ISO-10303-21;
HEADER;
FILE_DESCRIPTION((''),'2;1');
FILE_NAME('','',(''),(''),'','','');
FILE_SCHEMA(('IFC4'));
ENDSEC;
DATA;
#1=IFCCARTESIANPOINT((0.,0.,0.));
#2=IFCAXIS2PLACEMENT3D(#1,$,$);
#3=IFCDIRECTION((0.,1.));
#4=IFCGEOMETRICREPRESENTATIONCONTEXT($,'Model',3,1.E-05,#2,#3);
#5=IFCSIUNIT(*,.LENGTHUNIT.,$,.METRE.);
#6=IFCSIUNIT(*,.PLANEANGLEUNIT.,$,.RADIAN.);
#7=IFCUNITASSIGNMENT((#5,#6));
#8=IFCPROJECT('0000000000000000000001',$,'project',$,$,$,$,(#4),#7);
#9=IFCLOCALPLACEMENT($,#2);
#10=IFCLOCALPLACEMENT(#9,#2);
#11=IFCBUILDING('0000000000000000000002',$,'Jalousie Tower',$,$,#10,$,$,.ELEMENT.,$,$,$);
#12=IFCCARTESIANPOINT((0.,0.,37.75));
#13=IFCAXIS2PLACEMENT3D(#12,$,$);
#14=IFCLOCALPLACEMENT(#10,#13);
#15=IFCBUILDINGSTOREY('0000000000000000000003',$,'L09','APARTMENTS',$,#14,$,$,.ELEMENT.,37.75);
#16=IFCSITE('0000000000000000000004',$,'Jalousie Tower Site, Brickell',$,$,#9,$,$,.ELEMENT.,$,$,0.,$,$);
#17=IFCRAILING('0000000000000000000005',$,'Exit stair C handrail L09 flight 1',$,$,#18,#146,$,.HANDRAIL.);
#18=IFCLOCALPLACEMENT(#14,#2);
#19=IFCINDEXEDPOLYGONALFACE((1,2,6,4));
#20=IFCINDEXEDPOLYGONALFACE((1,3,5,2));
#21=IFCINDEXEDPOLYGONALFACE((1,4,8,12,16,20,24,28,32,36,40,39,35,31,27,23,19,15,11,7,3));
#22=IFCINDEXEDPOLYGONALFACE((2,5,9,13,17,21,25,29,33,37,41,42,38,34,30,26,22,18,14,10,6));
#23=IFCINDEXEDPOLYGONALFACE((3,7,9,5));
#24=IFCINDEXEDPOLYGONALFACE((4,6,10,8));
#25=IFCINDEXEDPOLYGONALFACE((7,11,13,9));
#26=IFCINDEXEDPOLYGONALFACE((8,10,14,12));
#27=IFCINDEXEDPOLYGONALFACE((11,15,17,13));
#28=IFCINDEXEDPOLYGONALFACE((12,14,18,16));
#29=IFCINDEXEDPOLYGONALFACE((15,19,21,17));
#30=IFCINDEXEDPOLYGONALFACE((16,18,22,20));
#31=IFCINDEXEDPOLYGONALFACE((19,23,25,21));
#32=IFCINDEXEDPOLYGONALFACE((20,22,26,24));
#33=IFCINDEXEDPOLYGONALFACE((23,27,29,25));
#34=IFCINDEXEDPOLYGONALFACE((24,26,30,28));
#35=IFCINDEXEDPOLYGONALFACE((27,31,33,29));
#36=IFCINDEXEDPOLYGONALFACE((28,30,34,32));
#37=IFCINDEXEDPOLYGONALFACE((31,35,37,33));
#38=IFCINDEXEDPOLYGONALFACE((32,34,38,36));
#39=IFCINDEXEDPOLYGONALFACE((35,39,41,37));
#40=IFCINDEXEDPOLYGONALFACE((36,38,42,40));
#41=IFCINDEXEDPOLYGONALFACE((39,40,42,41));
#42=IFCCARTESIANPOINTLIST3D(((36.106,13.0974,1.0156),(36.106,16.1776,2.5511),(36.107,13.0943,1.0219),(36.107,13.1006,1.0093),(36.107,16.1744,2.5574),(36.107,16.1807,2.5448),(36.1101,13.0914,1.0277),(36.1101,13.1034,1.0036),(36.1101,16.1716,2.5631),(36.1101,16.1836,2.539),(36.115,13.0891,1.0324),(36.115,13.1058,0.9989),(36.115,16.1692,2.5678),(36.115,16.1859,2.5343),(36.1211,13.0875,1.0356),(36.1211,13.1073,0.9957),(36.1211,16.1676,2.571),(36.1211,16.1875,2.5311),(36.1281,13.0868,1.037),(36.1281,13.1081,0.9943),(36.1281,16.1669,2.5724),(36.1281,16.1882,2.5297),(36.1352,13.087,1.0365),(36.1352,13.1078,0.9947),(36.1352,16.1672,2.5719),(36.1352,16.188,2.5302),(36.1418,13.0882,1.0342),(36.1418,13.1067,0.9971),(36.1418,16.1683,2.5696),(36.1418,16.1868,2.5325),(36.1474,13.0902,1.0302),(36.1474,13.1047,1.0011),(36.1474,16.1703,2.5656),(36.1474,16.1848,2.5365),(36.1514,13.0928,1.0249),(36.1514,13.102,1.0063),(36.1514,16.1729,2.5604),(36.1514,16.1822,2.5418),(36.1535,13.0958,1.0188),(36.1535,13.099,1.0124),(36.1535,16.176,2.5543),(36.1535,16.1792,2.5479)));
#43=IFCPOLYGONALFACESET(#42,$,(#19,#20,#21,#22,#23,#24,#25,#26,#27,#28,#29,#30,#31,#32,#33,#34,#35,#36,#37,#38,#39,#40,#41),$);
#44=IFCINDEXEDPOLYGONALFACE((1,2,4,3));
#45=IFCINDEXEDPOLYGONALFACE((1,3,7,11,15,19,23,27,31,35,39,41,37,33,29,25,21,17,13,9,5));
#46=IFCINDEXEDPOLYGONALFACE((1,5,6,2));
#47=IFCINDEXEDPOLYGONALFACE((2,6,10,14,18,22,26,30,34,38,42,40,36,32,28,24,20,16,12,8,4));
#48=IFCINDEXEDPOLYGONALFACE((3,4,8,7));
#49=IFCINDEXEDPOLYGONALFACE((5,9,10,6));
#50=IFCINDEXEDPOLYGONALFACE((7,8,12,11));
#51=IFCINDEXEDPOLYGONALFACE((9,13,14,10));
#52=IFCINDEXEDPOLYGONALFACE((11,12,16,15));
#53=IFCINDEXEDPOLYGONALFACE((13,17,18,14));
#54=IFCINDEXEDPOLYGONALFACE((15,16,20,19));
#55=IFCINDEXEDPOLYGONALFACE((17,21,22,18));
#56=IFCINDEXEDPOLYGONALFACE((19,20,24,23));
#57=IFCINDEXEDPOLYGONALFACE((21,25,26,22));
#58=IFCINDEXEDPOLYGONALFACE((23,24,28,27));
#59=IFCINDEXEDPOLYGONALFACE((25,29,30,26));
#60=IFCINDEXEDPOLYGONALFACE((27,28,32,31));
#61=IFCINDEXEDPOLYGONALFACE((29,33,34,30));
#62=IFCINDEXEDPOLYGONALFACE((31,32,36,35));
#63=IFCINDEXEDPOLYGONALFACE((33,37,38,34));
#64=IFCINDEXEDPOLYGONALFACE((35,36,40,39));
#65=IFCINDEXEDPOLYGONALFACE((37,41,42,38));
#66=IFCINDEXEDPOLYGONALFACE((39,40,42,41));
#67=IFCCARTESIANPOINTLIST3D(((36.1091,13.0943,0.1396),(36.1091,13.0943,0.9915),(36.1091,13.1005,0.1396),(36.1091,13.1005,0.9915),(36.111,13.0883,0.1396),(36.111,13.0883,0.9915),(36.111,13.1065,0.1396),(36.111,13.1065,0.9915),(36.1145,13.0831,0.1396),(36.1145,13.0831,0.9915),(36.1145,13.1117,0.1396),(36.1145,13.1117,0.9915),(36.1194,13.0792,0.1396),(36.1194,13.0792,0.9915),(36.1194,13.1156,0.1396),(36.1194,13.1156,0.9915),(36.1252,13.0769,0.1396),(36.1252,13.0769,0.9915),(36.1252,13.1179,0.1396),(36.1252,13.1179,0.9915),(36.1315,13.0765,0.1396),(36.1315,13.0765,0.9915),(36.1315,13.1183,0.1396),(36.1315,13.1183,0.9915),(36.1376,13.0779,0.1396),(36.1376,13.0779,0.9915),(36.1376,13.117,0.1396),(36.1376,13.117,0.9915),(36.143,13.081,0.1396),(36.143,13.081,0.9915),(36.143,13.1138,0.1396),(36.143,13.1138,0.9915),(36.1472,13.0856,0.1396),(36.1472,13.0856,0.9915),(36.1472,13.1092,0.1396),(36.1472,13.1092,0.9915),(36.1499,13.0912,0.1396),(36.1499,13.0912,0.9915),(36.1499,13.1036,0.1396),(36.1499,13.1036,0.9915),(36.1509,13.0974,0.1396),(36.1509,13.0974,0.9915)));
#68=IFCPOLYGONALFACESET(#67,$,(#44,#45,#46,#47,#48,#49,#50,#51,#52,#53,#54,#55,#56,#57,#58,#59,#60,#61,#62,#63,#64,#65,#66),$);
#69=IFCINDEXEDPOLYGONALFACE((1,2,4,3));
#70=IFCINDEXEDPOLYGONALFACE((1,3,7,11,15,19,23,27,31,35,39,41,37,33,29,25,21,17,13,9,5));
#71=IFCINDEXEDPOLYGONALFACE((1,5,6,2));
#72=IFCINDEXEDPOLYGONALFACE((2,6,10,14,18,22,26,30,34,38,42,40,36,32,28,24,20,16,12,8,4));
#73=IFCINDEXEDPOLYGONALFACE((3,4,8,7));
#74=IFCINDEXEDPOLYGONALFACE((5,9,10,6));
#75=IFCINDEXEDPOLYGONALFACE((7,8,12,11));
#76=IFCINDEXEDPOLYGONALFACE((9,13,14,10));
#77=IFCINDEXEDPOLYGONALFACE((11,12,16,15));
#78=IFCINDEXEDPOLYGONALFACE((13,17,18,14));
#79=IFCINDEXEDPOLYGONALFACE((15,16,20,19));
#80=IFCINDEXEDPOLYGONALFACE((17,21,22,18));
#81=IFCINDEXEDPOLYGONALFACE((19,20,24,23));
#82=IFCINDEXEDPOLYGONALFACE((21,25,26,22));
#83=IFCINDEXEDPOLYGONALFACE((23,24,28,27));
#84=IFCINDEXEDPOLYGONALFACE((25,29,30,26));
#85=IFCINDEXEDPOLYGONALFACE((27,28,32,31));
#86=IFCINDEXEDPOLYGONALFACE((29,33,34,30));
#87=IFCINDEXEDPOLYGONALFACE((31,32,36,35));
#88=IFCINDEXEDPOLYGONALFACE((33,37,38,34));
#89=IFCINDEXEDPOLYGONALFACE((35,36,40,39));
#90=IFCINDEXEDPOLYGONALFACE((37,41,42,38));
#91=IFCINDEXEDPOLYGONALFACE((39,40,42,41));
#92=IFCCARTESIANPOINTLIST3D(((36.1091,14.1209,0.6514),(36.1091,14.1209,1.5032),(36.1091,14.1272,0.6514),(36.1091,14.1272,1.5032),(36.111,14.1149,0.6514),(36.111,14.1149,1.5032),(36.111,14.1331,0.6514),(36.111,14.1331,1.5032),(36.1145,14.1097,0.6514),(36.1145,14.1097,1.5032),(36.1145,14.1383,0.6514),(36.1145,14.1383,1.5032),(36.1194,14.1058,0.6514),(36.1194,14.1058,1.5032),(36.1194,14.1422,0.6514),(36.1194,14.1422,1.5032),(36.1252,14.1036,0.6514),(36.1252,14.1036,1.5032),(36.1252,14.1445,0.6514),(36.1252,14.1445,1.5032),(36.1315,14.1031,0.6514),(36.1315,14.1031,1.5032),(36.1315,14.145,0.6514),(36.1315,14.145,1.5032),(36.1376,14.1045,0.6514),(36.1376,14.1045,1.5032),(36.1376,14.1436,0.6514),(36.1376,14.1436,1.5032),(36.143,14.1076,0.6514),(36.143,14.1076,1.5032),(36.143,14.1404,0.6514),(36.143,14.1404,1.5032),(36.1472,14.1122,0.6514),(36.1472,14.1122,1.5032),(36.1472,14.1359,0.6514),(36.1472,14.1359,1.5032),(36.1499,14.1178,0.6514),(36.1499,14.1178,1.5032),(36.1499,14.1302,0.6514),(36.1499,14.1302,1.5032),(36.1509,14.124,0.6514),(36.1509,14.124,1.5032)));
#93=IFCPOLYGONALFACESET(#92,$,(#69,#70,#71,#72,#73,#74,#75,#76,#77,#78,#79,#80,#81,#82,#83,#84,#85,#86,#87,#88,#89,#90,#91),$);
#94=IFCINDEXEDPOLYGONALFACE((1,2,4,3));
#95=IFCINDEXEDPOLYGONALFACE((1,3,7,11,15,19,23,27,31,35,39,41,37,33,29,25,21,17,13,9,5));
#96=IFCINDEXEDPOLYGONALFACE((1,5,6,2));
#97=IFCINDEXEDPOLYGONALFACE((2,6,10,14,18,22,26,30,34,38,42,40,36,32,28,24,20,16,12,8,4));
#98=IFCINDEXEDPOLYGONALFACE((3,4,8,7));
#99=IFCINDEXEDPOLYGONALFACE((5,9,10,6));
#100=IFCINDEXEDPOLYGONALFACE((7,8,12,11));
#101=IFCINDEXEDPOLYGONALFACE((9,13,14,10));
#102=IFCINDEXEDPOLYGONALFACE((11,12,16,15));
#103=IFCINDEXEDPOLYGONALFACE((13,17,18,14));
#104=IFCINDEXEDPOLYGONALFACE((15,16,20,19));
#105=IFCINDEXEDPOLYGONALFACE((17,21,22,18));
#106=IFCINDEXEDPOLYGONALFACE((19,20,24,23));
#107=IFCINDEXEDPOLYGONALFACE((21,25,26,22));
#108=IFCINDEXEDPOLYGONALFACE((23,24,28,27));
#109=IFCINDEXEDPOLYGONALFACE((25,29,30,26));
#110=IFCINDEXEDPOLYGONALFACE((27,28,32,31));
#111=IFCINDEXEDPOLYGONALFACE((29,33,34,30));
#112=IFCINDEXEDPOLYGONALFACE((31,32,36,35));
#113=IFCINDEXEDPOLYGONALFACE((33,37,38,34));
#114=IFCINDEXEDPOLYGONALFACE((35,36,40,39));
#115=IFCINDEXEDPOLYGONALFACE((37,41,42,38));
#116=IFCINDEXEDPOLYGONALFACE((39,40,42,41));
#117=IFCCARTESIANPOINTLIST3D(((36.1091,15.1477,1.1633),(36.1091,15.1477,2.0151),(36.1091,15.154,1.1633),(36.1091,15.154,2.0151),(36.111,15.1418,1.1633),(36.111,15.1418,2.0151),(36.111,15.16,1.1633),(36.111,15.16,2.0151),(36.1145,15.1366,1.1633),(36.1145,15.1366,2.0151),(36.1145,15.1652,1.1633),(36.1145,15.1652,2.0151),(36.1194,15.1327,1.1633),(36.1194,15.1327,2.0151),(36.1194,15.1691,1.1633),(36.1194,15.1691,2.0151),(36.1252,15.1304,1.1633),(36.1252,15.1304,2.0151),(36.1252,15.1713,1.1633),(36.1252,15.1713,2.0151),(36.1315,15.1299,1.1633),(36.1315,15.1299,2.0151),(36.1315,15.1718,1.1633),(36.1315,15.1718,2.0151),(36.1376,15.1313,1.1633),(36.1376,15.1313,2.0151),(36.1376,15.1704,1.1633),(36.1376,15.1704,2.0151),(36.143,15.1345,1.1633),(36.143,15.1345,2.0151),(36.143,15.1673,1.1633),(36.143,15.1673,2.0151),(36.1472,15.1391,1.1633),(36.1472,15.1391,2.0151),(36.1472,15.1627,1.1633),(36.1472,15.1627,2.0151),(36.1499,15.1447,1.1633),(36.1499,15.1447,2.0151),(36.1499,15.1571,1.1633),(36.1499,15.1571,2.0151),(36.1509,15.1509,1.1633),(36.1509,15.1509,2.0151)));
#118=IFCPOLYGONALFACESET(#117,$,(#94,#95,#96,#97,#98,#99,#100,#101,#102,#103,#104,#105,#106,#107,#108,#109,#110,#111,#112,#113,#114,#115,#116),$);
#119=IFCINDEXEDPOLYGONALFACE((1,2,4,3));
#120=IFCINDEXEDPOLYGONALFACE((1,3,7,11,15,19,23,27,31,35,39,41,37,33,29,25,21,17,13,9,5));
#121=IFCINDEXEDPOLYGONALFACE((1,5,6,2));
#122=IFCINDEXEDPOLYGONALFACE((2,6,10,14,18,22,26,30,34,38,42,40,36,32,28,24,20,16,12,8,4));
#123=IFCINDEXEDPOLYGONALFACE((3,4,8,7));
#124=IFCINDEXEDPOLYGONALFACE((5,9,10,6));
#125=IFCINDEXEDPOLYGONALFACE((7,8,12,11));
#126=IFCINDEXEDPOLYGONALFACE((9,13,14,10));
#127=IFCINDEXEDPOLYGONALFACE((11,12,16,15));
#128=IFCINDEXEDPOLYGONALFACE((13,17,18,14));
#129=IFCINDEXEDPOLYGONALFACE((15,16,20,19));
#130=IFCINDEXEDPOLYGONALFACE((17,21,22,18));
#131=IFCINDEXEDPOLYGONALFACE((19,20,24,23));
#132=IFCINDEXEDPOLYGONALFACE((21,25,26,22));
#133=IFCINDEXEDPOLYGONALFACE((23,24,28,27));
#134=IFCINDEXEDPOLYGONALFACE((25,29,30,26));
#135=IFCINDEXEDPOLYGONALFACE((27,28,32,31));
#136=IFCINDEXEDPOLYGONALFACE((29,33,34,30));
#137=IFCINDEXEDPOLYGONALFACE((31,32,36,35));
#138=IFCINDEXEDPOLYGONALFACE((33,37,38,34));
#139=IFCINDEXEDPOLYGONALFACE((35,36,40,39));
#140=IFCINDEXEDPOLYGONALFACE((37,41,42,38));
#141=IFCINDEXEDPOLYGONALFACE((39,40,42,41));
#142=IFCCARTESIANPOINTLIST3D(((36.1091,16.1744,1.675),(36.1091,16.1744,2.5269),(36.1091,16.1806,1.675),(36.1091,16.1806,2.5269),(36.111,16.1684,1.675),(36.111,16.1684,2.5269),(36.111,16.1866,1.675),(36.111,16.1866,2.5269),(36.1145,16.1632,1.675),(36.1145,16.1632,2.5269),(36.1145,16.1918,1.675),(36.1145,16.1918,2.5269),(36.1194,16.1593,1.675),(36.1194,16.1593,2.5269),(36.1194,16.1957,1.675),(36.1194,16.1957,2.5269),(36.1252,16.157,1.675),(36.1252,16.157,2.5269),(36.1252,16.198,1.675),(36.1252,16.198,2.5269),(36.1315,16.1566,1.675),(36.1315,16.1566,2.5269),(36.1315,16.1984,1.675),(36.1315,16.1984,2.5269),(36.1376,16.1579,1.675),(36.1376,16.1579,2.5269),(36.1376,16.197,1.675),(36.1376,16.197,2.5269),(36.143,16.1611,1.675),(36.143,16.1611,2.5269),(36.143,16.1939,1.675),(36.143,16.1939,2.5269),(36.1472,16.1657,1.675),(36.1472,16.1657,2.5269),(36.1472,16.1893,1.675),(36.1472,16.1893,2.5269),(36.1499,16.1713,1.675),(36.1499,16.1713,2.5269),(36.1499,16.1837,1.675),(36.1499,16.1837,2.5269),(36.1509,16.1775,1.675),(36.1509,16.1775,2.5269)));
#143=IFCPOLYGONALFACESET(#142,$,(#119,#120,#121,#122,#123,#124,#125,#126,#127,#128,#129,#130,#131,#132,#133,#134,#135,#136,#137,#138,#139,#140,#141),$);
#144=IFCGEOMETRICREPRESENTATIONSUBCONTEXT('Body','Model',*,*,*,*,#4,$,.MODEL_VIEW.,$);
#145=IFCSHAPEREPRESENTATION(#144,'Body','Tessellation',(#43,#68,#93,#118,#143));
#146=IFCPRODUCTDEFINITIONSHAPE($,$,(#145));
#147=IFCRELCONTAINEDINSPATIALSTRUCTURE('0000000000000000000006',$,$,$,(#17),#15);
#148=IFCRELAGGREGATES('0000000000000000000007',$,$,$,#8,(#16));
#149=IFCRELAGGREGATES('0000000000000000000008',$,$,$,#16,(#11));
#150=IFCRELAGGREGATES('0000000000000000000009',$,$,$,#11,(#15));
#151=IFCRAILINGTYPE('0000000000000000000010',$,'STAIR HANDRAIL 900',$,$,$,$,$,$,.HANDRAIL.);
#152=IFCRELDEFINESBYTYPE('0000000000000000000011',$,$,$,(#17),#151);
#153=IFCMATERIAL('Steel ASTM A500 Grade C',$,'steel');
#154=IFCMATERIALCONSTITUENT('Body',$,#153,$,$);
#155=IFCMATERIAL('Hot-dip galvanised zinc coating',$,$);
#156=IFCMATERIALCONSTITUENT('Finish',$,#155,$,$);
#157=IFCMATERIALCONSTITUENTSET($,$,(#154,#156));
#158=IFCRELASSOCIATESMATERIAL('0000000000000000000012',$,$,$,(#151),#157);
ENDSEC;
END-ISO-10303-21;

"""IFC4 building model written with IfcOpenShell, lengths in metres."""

from ifc_helpers import new_model, si_unit, direction, frame, origin, origin_2d, place, context, subcontext, project, spatial, circle, extrude, material, constituent, constituent_set, type_object, element, save


model = new_model("IFC4")

# Units and contexts
model_context = context("Model", 3, precision=1e-05, world=origin(), true_north=direction((0.0, 1.0)))
body_context = subcontext(model_context, "Body", "Model", "MODEL_VIEW")
ifc_project = project(units=[si_unit("LENGTHUNIT", "METRE"), si_unit("PLANEANGLEUNIT", "RADIAN")], contexts=[model_context])

# Site, building, storey
site_placement = place(None, origin())
site = spatial("IfcSite", under=ifc_project, at=site_placement, Name="Jalousie Tower Site, Brickell", CompositionType="ELEMENT", RefElevation=0.0)
building_placement = place(site_placement, origin())
building = spatial("IfcBuilding", under=site, at=building_placement, Name="Jalousie Tower", CompositionType="ELEMENT")
storey_placement = place(building_placement, frame((0.0, 0.0, 37.75)))
storey = spatial("IfcBuildingStorey", under=building, at=storey_placement, Name="L09", Description="APARTMENTS", CompositionType="ELEMENT", Elevation=37.75)

# Railing
ifc_material_1 = material(Name="Steel ASTM A500 Grade C", Category="steel")
ifc_constituent_1 = constituent(ifc_material_1, Name="Body")
ifc_material_2 = material(Name="Hot-dip galvanised zinc coating")
ifc_constituent_2 = constituent(ifc_material_2, Name="Finish")
ifc_constituent_set_1 = constituent_set(constituents=[ifc_constituent_1, ifc_constituent_2])
railing_type = type_object("IfcRailingType", Name="STAIR HANDRAIL 900", PredefinedType="HANDRAIL", material=ifc_constituent_set_1)
railing_placement = place(storey_placement, frame((36.1299, 13.0974, 0.1396)))
element("IfcRailing", 1, at=railing_placement, inside=storey, type_object=railing_type, Name="Exit stair C handrail L09 flight 1", PredefinedType="HANDRAIL", context=body_context, shape_type="SweptSolid", body=[
    extrude(circle(Radius=0.0239, at=origin_2d()), frame((0.0, 0.0, 0.876), z_axis=(0.0, 0.894966, 0.446135), x_axis=(-1.0, 0.0, 0.0)), (0.0, 0.0, 1.0), 3.4417),
    extrude(circle(Radius=0.021, at=origin_2d()), origin(), (0.0, 0.0, 1.0), 0.8518),
    extrude(circle(Radius=0.021, at=origin_2d()), frame((0.0, 1.0266, 0.5117)), (0.0, 0.0, 1.0), 0.8518),
    extrude(circle(Radius=0.021, at=origin_2d()), frame((0.0, 2.0535, 1.0237)), (0.0, 0.0, 1.0), 0.8518),
    extrude(circle(Radius=0.021, at=origin_2d()), frame((0.0, 3.0801, 1.5354)), (0.0, 0.0, 1.0), 0.8518),
])

save(model, "model.ifc")
